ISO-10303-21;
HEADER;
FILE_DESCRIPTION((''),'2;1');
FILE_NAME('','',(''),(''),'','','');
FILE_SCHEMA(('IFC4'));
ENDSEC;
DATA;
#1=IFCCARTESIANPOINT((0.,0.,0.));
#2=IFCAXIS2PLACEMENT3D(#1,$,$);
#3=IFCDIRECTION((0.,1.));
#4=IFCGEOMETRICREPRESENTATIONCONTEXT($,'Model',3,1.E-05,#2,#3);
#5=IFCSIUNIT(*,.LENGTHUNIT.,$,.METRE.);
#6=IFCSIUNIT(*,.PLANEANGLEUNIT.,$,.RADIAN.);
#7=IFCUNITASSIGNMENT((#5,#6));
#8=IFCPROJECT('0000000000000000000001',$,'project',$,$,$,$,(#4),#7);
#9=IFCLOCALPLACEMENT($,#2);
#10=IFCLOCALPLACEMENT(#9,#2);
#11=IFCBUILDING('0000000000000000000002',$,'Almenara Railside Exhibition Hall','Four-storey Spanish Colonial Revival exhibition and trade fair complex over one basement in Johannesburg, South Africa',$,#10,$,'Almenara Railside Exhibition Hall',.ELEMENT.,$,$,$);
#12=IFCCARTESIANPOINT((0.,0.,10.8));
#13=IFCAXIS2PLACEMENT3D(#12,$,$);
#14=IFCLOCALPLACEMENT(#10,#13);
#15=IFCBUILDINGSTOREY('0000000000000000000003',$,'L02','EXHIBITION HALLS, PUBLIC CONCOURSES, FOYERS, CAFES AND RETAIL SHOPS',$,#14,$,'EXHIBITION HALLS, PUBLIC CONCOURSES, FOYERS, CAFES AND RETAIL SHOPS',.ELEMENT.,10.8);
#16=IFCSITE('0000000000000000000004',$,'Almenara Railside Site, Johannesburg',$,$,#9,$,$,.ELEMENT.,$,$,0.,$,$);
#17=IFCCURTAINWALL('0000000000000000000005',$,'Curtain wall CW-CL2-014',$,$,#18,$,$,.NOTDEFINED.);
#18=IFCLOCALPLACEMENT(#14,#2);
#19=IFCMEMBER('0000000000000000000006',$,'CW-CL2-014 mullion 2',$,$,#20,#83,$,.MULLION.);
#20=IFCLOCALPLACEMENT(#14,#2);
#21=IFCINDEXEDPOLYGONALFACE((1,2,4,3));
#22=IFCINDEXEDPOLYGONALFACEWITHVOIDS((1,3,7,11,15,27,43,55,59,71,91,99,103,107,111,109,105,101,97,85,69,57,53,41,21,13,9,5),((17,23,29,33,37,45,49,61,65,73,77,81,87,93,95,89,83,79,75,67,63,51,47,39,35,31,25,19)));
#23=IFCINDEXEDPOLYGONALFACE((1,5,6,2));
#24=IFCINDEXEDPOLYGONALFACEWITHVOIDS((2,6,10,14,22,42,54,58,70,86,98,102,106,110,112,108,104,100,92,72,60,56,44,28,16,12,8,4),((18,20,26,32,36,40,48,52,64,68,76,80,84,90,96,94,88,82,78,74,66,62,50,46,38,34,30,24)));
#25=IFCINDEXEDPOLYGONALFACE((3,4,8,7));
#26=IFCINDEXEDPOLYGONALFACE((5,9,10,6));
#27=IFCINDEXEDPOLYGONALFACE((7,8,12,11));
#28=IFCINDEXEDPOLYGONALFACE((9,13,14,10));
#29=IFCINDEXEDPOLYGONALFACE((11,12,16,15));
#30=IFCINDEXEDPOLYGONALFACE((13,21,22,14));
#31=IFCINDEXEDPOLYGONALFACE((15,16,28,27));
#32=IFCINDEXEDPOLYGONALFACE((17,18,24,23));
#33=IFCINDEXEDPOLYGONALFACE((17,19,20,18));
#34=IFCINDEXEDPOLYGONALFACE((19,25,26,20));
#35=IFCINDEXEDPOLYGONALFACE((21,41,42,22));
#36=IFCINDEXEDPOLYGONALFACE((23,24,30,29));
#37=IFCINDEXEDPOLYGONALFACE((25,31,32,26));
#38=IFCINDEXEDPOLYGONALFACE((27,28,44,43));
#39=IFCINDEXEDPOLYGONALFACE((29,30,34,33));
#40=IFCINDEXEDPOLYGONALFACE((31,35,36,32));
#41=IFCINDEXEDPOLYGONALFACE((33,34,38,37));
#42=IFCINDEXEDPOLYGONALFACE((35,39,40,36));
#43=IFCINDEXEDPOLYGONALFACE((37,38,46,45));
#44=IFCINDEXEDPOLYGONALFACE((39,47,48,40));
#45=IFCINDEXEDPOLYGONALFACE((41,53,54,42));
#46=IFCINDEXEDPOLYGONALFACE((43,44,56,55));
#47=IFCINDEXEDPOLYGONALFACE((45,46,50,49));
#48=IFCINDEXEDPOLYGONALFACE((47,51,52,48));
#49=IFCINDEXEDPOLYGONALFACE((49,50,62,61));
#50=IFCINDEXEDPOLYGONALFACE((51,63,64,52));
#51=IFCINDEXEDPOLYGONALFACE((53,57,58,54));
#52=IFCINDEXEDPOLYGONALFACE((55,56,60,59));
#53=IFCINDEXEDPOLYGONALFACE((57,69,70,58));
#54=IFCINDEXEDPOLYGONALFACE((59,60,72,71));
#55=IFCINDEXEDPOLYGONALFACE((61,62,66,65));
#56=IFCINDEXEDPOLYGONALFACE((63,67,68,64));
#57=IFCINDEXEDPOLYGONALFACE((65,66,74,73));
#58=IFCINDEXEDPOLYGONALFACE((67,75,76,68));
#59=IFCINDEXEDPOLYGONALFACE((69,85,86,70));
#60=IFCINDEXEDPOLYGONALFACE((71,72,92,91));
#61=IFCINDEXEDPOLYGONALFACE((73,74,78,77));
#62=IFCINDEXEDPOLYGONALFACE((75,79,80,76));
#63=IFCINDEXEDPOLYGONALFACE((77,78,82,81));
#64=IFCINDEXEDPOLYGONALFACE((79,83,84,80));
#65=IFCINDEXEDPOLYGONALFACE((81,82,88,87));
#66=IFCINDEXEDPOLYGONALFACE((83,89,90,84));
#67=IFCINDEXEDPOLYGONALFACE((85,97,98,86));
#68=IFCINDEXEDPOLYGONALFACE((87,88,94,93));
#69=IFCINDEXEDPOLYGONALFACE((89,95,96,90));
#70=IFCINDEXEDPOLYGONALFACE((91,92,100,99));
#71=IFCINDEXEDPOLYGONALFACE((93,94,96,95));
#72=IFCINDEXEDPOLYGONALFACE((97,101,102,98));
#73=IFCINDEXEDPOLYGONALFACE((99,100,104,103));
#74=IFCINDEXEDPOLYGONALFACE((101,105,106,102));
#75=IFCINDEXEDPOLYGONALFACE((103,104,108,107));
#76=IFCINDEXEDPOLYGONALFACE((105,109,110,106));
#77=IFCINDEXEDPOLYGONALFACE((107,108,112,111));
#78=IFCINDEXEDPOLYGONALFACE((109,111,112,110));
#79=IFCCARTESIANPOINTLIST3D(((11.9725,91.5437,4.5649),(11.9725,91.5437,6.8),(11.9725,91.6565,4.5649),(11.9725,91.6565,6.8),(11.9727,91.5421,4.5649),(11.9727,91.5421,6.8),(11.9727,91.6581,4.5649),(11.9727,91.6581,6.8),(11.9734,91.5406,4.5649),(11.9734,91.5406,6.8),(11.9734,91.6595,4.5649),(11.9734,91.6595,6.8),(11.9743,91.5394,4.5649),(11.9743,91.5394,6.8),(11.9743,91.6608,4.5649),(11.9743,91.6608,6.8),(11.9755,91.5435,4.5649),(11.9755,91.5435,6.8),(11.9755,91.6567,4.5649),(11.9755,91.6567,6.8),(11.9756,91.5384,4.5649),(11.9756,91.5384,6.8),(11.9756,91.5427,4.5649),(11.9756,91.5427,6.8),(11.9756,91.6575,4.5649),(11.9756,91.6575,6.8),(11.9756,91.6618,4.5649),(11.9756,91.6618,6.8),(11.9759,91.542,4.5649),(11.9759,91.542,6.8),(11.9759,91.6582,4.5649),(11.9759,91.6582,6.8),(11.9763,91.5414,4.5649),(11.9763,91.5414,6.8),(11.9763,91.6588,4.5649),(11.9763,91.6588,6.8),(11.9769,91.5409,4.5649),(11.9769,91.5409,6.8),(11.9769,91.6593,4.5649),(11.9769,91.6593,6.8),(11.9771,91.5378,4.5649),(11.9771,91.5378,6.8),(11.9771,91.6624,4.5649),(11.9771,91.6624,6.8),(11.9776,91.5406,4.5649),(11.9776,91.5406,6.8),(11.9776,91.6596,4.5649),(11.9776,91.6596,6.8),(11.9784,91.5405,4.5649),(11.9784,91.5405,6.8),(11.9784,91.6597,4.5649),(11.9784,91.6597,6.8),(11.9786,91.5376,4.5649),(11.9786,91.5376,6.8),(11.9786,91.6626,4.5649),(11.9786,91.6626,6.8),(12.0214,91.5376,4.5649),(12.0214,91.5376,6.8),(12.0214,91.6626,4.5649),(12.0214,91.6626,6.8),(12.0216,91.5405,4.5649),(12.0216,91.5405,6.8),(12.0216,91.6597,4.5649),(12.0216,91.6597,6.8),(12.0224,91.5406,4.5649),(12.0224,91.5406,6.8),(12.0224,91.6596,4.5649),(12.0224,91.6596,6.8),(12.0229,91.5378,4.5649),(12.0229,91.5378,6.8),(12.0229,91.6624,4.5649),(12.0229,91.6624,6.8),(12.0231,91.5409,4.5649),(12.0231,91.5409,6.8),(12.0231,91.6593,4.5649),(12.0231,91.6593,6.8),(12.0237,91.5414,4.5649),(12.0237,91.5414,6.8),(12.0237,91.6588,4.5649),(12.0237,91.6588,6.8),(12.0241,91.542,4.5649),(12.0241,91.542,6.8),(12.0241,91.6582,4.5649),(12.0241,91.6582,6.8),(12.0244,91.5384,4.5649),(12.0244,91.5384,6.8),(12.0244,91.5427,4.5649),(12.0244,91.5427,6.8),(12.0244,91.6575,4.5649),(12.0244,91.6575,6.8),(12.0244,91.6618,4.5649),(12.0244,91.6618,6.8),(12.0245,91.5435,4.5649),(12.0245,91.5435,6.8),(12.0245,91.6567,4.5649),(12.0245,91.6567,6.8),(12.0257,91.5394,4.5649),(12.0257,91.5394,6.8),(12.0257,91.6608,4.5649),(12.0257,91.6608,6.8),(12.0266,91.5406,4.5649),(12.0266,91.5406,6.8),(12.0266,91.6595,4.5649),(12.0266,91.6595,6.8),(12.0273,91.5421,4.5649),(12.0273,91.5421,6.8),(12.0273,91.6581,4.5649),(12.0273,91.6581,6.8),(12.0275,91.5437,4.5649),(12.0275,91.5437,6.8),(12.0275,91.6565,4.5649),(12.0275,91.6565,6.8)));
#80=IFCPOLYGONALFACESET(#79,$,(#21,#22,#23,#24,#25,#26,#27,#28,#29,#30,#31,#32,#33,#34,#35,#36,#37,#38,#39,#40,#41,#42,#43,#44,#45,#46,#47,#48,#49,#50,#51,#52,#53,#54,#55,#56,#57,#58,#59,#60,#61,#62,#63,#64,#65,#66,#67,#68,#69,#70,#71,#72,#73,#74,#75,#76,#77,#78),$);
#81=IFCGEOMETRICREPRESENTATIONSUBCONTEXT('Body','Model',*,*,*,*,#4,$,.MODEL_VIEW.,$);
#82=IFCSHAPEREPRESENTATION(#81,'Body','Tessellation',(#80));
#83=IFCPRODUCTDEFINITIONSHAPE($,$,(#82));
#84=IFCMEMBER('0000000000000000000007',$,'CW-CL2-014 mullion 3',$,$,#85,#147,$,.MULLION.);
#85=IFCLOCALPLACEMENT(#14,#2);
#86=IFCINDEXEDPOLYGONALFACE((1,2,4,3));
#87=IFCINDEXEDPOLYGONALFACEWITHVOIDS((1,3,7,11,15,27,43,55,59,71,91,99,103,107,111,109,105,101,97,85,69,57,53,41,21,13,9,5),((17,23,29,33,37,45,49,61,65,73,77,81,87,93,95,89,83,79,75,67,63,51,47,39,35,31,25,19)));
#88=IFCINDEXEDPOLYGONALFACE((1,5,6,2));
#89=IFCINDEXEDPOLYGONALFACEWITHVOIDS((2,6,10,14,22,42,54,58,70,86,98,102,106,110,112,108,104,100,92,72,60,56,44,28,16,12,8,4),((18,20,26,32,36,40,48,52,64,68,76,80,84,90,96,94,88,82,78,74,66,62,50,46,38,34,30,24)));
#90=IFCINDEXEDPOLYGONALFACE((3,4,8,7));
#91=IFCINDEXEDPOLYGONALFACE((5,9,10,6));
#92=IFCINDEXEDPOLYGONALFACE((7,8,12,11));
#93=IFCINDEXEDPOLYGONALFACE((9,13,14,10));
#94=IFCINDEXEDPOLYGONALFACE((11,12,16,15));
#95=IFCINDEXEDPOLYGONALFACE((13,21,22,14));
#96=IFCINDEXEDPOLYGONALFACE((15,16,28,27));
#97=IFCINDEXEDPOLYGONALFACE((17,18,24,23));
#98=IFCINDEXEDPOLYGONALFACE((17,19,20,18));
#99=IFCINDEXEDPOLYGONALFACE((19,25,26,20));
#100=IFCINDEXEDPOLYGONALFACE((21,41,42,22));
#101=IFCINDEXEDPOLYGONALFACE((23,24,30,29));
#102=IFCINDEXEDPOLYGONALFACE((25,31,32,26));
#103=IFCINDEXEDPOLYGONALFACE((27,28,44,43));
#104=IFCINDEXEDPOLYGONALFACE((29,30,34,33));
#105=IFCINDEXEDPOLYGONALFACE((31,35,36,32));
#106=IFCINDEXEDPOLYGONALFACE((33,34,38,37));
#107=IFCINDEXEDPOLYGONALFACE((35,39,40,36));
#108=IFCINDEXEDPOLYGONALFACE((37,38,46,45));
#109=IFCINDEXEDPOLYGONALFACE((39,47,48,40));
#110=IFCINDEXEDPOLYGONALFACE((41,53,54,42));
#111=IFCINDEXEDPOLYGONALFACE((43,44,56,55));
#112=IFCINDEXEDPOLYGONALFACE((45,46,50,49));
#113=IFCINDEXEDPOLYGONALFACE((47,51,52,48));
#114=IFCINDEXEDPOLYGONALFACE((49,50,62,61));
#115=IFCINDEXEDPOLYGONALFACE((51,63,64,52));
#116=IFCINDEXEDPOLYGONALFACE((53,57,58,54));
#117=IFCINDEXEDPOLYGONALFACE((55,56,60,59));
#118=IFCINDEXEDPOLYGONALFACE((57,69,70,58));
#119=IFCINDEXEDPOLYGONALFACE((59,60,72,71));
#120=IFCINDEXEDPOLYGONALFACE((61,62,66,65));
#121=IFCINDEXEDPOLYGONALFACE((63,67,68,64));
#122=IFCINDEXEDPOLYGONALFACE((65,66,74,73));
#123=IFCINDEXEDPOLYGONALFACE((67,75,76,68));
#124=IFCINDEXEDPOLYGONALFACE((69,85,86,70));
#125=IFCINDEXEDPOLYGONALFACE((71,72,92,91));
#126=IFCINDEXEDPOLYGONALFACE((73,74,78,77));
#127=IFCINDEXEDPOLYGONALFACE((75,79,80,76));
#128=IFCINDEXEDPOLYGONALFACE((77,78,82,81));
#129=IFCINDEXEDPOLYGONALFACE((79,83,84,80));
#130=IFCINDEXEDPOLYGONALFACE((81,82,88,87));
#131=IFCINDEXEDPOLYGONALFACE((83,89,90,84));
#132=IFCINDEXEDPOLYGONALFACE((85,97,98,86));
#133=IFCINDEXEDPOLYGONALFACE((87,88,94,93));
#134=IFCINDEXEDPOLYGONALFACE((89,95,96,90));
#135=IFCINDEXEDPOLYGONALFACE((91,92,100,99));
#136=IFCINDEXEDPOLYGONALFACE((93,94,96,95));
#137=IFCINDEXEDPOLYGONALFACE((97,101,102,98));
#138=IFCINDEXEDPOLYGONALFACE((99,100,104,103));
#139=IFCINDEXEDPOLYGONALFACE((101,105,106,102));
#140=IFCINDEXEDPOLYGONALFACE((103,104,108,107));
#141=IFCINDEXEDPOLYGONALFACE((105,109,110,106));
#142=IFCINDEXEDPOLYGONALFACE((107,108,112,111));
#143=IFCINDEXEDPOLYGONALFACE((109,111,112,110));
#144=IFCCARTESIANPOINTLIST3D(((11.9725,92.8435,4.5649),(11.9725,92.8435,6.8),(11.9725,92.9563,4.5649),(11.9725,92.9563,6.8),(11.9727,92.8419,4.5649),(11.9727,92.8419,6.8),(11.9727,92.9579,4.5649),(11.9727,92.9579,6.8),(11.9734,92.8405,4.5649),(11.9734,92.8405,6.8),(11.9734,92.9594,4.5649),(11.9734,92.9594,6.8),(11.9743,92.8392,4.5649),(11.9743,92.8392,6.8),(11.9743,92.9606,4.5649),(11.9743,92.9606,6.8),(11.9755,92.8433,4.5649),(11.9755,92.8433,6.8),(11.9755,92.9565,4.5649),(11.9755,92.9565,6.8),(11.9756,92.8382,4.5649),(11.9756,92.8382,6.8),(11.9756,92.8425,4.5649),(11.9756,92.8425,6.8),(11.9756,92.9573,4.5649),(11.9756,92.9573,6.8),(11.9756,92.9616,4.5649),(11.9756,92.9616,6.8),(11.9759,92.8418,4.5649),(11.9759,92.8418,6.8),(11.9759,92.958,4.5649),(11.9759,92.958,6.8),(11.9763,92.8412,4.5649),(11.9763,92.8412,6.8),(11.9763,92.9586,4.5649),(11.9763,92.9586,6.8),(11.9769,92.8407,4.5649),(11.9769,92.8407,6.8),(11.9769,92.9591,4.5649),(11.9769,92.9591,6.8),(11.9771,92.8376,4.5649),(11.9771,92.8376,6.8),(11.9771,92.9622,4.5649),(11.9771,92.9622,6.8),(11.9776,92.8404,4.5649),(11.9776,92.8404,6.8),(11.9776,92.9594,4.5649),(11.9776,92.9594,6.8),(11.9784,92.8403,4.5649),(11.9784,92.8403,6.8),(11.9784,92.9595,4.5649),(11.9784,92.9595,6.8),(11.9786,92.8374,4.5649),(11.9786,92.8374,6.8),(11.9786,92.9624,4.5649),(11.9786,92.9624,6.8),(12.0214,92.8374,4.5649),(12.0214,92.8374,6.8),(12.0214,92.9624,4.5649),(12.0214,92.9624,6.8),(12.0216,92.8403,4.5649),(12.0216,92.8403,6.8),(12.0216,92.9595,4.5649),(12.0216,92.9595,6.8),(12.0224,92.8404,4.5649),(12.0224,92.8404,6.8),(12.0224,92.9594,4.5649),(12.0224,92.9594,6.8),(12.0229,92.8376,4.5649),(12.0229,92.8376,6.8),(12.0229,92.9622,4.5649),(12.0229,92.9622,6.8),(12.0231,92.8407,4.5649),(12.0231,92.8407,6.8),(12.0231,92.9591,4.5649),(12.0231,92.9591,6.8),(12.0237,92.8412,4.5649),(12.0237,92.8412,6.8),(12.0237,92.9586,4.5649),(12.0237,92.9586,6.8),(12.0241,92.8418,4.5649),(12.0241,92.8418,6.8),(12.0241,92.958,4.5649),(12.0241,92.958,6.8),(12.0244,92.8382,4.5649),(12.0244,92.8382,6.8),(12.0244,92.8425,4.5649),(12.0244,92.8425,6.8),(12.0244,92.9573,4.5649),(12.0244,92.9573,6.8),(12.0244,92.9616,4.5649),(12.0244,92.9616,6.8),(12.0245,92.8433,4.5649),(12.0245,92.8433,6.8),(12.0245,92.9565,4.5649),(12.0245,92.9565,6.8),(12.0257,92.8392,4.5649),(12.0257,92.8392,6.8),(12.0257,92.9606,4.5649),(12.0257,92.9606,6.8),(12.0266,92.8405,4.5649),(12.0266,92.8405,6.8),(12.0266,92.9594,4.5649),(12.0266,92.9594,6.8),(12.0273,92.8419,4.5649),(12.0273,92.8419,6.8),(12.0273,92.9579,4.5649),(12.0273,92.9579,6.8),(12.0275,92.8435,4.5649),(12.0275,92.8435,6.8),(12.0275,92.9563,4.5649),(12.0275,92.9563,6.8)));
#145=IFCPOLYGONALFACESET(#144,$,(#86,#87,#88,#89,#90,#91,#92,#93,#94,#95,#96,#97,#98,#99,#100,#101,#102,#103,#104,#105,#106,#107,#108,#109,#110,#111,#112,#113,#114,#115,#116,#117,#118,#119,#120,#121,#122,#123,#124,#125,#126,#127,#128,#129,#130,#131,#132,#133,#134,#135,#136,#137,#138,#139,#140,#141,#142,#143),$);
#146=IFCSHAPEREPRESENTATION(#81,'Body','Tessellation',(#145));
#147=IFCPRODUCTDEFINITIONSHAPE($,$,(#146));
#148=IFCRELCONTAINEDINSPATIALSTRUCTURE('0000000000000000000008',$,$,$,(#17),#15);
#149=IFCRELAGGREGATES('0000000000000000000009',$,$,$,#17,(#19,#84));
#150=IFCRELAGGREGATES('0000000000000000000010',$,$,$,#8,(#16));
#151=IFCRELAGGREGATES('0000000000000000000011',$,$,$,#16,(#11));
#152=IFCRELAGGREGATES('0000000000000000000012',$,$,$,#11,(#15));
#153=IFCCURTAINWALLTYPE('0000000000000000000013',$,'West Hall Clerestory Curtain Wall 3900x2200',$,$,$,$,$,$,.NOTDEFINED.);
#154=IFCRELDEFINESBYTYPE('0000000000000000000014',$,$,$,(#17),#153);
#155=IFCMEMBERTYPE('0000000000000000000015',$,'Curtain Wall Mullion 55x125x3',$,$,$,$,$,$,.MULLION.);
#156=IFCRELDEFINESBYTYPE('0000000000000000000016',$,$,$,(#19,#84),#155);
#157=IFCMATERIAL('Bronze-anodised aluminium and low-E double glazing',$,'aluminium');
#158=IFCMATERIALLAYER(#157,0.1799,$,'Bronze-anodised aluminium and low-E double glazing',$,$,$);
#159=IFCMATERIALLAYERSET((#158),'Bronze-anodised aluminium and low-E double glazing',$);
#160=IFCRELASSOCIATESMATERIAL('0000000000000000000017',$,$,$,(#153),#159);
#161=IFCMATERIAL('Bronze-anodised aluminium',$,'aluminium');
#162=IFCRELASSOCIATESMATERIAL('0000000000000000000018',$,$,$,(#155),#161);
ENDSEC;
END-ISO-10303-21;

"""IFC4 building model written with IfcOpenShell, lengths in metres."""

from ifc_helpers import new_model, si_unit, direction, frame, origin, origin_2d, place, context, subcontext, project, spatial, hollow_rectangle, extrude, material, layer, layer_set, material_profile, profile_set, type_object, element, aggregate, save


model = new_model("IFC4")

# Units and contexts
model_context = context("Model", 3, precision=1e-05, world=origin(), true_north=direction((0.0, 1.0)))
body_context = subcontext(model_context, "Body", "Model", "MODEL_VIEW")
ifc_project = project(units=[si_unit("LENGTHUNIT", "METRE"), si_unit("PLANEANGLEUNIT", "RADIAN")], contexts=[model_context])

# Site, building, storey
site_placement = place(None, origin())
site = spatial("IfcSite", under=ifc_project, at=site_placement, Name="Almenara Railside Site, Johannesburg", CompositionType="ELEMENT", RefElevation=0.0)
building_placement = place(site_placement, origin())
building = spatial("IfcBuilding", under=site, at=building_placement, Name="Almenara Railside Exhibition Hall", Description="Four-storey Spanish Colonial Revival exhibition and trade fair complex over one basement in Johannesburg, South Africa", LongName="Almenara Railside Exhibition Hall", CompositionType="ELEMENT")
storey_placement = place(building_placement, frame((0.0, 0.0, 10.8)))
storey = spatial("IfcBuildingStorey", under=building, at=storey_placement, Name="L02", Description="EXHIBITION HALLS, PUBLIC CONCOURSES, FOYERS, CAFES AND RETAIL SHOPS", LongName="EXHIBITION HALLS, PUBLIC CONCOURSES, FOYERS, CAFES AND RETAIL SHOPS", CompositionType="ELEMENT", Elevation=10.8)

# Curtain wall, members
ifc_material_1 = material(Name="Bronze-anodised aluminium and low-E double glazing", Category="aluminium")
ifc_layer_1 = layer(ifc_material_1, 0.1799, Name="Bronze-anodised aluminium and low-E double glazing")
ifc_layer_set_1 = layer_set([ifc_layer_1], Name="Bronze-anodised aluminium and low-E double glazing")
curtain_wall_type_1 = type_object("IfcCurtainWallType", Name="West Hall Clerestory Curtain Wall 3900x2200", PredefinedType="NOTDEFINED", material=ifc_layer_set_1)
curtain_wall_1_placement = place(storey_placement, origin())
curtain_wall_1 = element("IfcCurtainWall", 1, at=curtain_wall_1_placement, inside=storey, type_object=curtain_wall_type_1, Name="Curtain wall CW-CL2-014", PredefinedType="NOTDEFINED")
ifc_material_2 = material(Name="Bronze-anodised aluminium", Category="aluminium")
ifc_material_profile_1 = material_profile(ifc_material_2, hollow_rectangle(XDim=0.0549, YDim=0.125, WallThickness=0.0029, InnerFilletRadius=0.0029, OuterFilletRadius=0.0061, at=origin_2d()), Name="ALU-MUL 55x125x3")
ifc_profile_set_1 = profile_set([ifc_material_profile_1], Name="Bronze-anodised aluminium")
member_type_1 = type_object("IfcMemberType", Name="Curtain Wall Mullion 55x125x3", PredefinedType="MULLION", material=ifc_profile_set_1)
member_1_placement = place(storey_placement, frame((12.0, 91.6001, 4.5649), z_axis=(0.0, 0.0, 1.0), x_axis=(-1.0, 0.0, 0.0)))
member_1 = element("IfcMember", 2, at=member_1_placement, type_object=member_type_1, Name="CW-CL2-014 mullion 2", PredefinedType="MULLION", context=body_context, shape_type="SweptSolid", body=[
    extrude(hollow_rectangle(XDim=0.0549, YDim=0.125, WallThickness=0.0029, InnerFilletRadius=0.0029, OuterFilletRadius=0.0061, at=origin_2d()), origin(), (0.0, 0.0, 1.0), 2.2351),
])
member_2_placement = place(storey_placement, frame((12.0, 92.8999, 4.5649), z_axis=(0.0, 0.0, 1.0), x_axis=(-1.0, 0.0, 0.0)))
member_2 = element("IfcMember", 3, at=member_2_placement, type_object=member_type_1, Name="CW-CL2-014 mullion 3", PredefinedType="MULLION", context=body_context, shape_type="SweptSolid", body=[
    extrude(hollow_rectangle(XDim=0.0549, YDim=0.125, WallThickness=0.0029, InnerFilletRadius=0.0029, OuterFilletRadius=0.0061, at=origin_2d()), origin(), (0.0, 0.0, 1.0), 2.2351),
])

aggregate(curtain_wall_1, [member_1, member_2])

save(model, "model.ifc")
